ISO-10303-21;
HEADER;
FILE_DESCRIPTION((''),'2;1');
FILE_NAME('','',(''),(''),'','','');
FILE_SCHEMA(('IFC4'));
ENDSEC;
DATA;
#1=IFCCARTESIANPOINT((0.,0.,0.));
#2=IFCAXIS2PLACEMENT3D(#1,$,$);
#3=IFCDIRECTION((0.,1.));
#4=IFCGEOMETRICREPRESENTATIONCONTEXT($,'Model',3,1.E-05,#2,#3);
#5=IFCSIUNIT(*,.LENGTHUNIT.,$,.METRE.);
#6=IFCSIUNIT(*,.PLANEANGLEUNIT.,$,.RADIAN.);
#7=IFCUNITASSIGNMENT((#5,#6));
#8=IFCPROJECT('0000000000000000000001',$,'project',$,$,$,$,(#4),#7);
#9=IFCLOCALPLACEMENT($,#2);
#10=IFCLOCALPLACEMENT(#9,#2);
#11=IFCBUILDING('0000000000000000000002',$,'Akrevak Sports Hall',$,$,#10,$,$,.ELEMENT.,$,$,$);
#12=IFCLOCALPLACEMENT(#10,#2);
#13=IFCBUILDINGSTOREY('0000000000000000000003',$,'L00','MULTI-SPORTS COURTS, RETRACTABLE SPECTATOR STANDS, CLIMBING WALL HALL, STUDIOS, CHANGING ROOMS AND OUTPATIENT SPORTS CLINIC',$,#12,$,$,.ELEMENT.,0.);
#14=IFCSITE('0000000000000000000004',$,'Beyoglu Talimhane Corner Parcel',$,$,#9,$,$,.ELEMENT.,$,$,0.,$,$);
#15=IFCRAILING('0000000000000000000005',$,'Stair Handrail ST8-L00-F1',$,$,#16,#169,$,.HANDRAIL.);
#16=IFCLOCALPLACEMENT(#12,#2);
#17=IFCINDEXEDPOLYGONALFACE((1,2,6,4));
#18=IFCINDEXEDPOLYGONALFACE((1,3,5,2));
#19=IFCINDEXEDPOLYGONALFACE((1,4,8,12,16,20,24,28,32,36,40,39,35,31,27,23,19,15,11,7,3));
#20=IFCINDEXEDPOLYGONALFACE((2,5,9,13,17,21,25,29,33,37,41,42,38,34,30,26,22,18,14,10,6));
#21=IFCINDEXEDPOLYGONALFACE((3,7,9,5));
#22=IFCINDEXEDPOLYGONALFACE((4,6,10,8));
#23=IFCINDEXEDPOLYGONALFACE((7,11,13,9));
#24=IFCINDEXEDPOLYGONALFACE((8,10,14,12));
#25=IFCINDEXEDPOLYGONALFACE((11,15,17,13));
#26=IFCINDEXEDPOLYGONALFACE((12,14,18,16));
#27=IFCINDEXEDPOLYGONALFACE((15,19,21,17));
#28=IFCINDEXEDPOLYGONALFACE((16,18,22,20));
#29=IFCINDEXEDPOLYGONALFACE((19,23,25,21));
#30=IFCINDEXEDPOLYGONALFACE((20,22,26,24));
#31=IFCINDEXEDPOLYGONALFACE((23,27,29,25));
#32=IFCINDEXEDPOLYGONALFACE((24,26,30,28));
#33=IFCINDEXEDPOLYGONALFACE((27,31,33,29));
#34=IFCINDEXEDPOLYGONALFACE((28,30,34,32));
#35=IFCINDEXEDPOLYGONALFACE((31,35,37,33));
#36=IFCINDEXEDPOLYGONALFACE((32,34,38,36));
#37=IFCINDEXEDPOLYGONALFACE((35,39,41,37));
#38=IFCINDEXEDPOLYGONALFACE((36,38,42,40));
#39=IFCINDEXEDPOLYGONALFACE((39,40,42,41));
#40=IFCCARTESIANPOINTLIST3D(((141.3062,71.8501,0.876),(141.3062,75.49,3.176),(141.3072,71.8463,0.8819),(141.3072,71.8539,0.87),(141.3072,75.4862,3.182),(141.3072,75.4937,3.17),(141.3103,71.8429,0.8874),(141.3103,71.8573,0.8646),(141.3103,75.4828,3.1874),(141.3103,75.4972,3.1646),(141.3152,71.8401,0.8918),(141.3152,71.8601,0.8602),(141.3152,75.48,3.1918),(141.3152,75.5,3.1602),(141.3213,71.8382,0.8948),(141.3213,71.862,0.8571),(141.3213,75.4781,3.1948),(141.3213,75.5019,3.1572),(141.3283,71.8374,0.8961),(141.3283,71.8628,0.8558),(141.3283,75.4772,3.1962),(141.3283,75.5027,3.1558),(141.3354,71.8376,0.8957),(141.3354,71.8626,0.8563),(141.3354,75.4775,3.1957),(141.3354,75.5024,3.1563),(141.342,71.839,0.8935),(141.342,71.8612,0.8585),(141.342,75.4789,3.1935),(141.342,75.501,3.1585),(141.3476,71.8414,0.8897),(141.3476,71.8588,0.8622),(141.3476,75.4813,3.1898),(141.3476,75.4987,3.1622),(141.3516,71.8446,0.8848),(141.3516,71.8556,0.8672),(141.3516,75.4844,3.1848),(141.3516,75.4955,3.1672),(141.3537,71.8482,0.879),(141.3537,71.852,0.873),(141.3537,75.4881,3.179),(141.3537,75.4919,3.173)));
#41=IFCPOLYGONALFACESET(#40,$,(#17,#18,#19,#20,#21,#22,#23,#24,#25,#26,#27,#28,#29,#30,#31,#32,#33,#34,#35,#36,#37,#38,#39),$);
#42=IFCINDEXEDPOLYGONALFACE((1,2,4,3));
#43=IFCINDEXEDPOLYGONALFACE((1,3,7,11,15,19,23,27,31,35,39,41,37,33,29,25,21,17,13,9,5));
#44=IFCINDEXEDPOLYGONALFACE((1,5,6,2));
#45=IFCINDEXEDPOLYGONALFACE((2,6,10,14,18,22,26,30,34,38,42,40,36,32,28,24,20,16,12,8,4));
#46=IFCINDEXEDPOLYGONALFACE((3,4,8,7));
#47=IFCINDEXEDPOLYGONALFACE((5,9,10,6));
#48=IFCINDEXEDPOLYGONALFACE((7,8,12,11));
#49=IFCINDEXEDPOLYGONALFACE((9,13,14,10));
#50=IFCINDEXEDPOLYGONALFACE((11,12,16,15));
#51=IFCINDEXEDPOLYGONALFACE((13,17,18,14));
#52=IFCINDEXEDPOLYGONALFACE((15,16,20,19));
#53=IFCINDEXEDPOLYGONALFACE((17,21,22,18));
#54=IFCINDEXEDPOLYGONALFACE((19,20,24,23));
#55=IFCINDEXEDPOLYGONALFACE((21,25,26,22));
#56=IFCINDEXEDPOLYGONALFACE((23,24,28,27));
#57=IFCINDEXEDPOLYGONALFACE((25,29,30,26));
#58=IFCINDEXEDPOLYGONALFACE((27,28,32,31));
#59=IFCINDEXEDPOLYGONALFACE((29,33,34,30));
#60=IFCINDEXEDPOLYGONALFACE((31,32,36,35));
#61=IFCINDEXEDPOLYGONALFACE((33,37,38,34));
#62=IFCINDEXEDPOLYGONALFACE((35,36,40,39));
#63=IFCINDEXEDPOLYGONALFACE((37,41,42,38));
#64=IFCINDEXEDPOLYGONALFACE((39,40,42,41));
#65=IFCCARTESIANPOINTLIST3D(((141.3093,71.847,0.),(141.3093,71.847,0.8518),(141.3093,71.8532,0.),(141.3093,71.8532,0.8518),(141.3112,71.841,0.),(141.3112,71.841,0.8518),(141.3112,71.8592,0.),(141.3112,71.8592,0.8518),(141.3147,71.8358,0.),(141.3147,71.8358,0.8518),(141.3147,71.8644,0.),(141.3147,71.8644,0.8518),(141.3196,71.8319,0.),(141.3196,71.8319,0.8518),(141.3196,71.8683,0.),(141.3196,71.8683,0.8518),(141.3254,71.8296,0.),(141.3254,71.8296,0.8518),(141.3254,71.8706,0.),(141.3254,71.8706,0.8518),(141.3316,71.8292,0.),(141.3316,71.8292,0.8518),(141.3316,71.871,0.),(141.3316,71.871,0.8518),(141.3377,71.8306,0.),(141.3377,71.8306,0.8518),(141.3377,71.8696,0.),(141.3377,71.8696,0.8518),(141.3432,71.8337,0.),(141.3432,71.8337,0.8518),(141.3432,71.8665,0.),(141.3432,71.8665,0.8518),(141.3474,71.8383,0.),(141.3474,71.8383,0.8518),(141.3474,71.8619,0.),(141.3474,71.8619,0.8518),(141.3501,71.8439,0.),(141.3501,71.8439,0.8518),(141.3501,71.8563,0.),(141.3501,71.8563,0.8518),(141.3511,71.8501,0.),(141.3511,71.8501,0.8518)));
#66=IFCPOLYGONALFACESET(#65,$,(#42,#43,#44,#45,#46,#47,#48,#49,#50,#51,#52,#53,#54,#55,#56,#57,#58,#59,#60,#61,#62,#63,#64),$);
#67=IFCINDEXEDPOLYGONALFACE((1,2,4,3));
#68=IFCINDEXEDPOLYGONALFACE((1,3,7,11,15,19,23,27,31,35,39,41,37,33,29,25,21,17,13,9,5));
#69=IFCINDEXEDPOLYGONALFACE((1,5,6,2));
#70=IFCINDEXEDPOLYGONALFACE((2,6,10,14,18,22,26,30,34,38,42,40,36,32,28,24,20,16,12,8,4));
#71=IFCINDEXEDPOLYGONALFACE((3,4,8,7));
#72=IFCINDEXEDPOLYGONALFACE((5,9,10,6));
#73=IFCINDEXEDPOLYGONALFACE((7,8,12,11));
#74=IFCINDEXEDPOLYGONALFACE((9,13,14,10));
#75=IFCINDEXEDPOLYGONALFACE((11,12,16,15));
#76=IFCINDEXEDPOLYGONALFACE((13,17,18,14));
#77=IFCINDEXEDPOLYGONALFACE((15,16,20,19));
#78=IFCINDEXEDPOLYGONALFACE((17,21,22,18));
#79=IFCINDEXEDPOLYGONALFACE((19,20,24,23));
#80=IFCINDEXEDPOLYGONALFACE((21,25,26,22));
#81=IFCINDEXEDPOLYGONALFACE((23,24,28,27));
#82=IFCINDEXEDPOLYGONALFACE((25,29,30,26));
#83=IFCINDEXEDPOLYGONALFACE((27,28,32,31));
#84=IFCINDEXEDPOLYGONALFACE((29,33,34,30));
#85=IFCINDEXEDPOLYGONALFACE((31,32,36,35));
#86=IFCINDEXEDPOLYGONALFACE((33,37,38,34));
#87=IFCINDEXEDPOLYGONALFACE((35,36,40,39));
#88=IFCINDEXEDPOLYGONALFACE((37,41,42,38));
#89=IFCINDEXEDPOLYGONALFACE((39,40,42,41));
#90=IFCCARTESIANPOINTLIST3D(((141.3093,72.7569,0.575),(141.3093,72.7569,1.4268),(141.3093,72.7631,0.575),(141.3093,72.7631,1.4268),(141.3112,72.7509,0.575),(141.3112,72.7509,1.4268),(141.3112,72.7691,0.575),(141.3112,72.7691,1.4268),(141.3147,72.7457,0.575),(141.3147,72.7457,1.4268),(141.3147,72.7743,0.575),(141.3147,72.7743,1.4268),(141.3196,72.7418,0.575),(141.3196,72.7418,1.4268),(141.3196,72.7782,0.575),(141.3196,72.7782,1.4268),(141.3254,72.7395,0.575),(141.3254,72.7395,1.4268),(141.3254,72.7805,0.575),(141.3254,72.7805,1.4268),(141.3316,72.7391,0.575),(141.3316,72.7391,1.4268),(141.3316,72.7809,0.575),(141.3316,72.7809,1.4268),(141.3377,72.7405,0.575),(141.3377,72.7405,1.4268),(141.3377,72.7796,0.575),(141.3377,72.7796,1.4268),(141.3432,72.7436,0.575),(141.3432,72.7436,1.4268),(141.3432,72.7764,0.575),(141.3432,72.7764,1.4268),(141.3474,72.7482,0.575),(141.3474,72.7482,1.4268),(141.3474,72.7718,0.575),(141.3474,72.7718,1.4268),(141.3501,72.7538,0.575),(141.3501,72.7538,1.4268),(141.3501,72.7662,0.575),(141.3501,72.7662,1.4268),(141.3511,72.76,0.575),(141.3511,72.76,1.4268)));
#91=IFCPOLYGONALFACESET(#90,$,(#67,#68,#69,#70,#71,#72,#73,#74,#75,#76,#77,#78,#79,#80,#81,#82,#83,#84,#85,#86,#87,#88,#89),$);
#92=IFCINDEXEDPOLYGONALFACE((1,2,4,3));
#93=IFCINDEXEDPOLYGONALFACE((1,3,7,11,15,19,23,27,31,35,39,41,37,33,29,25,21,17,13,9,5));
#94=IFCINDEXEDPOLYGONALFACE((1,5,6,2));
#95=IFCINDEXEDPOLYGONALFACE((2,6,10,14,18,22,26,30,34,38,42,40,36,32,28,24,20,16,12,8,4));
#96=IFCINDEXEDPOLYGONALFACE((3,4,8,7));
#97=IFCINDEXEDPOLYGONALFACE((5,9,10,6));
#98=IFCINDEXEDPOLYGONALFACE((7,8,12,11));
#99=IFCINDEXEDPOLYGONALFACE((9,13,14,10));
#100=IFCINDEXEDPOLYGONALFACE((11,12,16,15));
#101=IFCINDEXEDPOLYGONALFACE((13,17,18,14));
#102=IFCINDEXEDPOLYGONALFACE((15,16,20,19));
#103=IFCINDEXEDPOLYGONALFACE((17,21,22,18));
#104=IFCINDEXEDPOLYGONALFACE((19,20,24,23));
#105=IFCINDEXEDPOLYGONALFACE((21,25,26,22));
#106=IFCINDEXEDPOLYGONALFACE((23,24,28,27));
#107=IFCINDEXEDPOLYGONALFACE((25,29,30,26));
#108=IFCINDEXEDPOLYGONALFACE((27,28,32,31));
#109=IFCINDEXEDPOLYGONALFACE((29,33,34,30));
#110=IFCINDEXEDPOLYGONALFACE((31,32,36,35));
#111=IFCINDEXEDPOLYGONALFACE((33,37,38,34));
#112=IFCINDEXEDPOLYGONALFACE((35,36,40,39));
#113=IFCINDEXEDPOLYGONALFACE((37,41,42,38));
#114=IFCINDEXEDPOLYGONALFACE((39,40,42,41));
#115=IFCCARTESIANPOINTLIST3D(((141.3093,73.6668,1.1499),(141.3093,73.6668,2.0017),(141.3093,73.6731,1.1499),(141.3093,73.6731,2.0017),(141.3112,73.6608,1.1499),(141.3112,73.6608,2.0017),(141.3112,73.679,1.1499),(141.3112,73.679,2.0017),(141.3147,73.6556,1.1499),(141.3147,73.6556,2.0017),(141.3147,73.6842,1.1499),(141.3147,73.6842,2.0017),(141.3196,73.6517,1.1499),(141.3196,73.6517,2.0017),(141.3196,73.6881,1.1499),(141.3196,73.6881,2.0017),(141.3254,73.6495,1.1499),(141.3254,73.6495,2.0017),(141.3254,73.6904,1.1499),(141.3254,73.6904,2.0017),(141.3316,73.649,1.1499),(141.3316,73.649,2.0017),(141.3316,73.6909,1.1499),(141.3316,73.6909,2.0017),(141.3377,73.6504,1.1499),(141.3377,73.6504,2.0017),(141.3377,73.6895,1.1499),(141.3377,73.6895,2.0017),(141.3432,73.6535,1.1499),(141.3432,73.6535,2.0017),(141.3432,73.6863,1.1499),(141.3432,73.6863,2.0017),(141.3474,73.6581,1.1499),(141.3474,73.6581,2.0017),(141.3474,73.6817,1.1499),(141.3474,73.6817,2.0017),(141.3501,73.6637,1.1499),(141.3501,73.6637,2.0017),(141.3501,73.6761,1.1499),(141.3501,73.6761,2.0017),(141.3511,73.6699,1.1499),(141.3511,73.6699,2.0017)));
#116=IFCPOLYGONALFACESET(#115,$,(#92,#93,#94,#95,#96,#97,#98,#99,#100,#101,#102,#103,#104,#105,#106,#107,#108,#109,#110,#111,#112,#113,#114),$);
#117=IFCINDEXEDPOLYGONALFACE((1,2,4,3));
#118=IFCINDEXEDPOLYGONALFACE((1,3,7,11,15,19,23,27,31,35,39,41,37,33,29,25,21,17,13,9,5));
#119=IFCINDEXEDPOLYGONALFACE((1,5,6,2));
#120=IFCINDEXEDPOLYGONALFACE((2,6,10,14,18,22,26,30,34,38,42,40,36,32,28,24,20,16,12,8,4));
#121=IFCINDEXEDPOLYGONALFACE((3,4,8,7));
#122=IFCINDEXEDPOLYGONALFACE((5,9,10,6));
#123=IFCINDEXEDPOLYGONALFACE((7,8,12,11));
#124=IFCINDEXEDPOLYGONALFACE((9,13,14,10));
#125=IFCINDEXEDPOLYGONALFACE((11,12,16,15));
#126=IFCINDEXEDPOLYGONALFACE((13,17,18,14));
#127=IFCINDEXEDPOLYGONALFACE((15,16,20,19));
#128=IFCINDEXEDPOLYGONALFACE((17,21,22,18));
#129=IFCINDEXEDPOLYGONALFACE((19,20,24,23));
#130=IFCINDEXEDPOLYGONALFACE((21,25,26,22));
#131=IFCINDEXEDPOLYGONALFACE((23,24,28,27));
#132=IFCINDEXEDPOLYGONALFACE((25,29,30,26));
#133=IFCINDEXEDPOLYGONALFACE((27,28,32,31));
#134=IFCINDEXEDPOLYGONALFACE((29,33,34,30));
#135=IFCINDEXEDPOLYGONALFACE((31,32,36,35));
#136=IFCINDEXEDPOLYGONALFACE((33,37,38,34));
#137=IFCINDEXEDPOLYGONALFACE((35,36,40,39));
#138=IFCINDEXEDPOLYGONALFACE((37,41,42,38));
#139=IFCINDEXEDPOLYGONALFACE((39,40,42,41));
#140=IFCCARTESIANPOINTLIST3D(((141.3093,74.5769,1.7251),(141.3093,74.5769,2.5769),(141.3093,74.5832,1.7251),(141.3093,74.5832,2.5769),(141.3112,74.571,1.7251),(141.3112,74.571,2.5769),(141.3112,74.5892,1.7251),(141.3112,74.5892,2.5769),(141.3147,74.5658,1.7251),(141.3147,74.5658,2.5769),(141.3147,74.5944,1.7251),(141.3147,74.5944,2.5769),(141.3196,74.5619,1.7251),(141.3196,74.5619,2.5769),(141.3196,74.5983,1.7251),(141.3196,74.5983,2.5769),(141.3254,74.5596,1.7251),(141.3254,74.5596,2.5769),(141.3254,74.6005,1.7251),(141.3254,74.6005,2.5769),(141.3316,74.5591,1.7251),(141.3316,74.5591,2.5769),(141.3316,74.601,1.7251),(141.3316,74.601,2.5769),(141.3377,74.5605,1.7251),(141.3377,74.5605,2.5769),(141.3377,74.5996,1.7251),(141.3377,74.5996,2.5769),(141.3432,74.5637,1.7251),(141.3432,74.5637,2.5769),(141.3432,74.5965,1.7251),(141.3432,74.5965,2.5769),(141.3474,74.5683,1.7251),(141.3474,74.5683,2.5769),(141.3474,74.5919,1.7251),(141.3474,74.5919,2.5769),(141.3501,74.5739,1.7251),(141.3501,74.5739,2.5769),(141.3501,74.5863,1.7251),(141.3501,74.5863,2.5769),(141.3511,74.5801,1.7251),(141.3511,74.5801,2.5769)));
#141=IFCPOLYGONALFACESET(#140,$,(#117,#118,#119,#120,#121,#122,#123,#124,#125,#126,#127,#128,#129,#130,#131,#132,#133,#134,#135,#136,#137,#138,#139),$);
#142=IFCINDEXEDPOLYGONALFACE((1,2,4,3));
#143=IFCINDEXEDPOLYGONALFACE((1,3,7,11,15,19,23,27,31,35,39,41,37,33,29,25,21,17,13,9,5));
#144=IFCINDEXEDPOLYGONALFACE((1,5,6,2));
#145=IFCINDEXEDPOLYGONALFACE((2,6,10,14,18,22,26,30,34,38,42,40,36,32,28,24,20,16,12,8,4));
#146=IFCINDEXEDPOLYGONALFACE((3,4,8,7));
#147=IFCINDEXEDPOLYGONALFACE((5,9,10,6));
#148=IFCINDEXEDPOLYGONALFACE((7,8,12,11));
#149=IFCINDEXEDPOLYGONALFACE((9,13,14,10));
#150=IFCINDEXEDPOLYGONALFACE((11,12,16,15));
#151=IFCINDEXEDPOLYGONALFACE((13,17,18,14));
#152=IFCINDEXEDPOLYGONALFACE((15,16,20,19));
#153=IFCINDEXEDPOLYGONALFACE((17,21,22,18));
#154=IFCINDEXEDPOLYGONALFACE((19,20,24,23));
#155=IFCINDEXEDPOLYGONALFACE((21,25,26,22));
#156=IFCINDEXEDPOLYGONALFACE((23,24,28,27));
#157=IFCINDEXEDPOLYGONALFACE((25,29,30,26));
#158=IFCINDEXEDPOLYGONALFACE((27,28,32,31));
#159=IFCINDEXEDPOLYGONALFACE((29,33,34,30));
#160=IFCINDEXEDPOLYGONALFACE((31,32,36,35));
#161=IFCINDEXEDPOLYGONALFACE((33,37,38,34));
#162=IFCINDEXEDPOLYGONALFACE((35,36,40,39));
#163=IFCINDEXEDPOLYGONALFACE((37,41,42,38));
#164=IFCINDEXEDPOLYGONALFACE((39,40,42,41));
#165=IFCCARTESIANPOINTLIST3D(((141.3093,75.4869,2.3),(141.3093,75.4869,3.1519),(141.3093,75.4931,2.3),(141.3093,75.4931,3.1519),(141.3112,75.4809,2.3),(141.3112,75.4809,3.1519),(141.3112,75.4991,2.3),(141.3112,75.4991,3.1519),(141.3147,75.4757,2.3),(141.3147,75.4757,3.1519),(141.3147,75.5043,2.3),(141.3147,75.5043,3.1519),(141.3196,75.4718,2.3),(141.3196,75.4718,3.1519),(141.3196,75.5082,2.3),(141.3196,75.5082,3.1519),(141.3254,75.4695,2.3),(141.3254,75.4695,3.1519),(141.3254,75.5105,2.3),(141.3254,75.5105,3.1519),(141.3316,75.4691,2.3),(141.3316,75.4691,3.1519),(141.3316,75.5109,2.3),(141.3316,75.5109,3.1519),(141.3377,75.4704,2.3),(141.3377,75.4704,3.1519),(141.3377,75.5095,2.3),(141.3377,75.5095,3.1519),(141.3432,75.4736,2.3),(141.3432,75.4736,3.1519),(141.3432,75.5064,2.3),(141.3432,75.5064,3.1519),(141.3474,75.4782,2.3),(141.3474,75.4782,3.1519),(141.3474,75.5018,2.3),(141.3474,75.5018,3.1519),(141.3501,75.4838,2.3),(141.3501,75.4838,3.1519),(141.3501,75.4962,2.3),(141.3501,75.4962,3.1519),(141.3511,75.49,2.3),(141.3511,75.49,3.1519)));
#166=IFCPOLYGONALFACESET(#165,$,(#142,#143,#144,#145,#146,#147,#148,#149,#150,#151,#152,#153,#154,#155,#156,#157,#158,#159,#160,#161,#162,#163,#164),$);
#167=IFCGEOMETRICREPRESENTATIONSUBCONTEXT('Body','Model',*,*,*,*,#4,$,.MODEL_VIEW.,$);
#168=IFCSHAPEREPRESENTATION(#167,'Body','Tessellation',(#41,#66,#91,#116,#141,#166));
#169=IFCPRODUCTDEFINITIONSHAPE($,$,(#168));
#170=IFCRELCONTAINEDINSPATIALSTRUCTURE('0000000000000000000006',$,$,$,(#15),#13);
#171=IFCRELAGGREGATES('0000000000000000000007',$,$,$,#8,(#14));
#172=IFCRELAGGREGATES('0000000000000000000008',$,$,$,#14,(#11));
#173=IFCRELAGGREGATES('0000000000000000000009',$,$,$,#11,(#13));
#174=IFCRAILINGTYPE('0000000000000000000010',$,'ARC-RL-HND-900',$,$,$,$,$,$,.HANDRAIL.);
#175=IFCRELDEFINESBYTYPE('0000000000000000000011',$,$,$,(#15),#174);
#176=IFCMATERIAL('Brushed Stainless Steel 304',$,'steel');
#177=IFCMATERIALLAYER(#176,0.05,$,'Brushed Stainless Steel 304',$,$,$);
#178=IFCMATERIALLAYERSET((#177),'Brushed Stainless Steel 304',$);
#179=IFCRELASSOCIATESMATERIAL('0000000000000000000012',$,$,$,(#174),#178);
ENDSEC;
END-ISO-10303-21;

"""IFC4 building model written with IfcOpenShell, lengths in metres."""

from ifc_helpers import new_model, si_unit, direction, frame, origin, origin_2d, place, context, subcontext, project, spatial, circle, extrude, material, layer, layer_set, type_object, element, save


model = new_model("IFC4")

# Units and contexts
model_context = context("Model", 3, precision=1e-05, world=origin(), true_north=direction((0.0, 1.0)))
body_context = subcontext(model_context, "Body", "Model", "MODEL_VIEW")
ifc_project = project(units=[si_unit("LENGTHUNIT", "METRE"), si_unit("PLANEANGLEUNIT", "RADIAN")], contexts=[model_context])

# Site, building, storey
site_placement = place(None, origin())
site = spatial("IfcSite", under=ifc_project, at=site_placement, Name="Beyoglu Talimhane Corner Parcel", CompositionType="ELEMENT", RefElevation=0.0)
building_placement = place(site_placement, origin())
building = spatial("IfcBuilding", under=site, at=building_placement, Name="Akrevak Sports Hall", CompositionType="ELEMENT")
storey_placement = place(building_placement, origin())
storey = spatial("IfcBuildingStorey", under=building, at=storey_placement, Name="L00", Description="MULTI-SPORTS COURTS, RETRACTABLE SPECTATOR STANDS, CLIMBING WALL HALL, STUDIOS, CHANGING ROOMS AND OUTPATIENT SPORTS CLINIC", CompositionType="ELEMENT", Elevation=0.0)

# Railing
ifc_material_1 = material(Name="Brushed Stainless Steel 304", Category="steel")
ifc_layer_1 = layer(ifc_material_1, 0.05, Name="Brushed Stainless Steel 304")
ifc_layer_set_1 = layer_set([ifc_layer_1], Name="Brushed Stainless Steel 304")
railing_type_1 = type_object("IfcRailingType", Name="ARC-RL-HND-900", PredefinedType="HANDRAIL", material=ifc_layer_set_1)
railing_1_placement = place(storey_placement, frame((141.3301, 71.8501, 0.0)))
element("IfcRailing", 1, at=railing_1_placement, inside=storey, type_object=railing_type_1, Name="Stair Handrail ST8-L00-F1", PredefinedType="HANDRAIL", context=body_context, shape_type="SweptSolid", body=[
    extrude(circle(Radius=0.0239, at=origin_2d()), frame((0.0, 0.0, 0.876), z_axis=(0.0, 0.845366, 0.534187), x_axis=(-1.0, 0.0, 0.0)), (0.0, 0.0, 1.0), 4.3057),
    extrude(circle(Radius=0.021, at=origin_2d()), origin(), (0.0, 0.0, 1.0), 0.8518),
    extrude(circle(Radius=0.021, at=origin_2d()), frame((0.0, 0.9099, 0.575)), (0.0, 0.0, 1.0), 0.8518),
    extrude(circle(Radius=0.021, at=origin_2d()), frame((0.0, 1.8198, 1.1499)), (0.0, 0.0, 1.0), 0.8518),
    extrude(circle(Radius=0.021, at=origin_2d()), frame((0.0, 2.73, 1.7251)), (0.0, 0.0, 1.0), 0.8518),
    extrude(circle(Radius=0.021, at=origin_2d()), frame((0.0, 3.6399, 2.3)), (0.0, 0.0, 1.0), 0.8518),
])

save(model, "model.ifc")
